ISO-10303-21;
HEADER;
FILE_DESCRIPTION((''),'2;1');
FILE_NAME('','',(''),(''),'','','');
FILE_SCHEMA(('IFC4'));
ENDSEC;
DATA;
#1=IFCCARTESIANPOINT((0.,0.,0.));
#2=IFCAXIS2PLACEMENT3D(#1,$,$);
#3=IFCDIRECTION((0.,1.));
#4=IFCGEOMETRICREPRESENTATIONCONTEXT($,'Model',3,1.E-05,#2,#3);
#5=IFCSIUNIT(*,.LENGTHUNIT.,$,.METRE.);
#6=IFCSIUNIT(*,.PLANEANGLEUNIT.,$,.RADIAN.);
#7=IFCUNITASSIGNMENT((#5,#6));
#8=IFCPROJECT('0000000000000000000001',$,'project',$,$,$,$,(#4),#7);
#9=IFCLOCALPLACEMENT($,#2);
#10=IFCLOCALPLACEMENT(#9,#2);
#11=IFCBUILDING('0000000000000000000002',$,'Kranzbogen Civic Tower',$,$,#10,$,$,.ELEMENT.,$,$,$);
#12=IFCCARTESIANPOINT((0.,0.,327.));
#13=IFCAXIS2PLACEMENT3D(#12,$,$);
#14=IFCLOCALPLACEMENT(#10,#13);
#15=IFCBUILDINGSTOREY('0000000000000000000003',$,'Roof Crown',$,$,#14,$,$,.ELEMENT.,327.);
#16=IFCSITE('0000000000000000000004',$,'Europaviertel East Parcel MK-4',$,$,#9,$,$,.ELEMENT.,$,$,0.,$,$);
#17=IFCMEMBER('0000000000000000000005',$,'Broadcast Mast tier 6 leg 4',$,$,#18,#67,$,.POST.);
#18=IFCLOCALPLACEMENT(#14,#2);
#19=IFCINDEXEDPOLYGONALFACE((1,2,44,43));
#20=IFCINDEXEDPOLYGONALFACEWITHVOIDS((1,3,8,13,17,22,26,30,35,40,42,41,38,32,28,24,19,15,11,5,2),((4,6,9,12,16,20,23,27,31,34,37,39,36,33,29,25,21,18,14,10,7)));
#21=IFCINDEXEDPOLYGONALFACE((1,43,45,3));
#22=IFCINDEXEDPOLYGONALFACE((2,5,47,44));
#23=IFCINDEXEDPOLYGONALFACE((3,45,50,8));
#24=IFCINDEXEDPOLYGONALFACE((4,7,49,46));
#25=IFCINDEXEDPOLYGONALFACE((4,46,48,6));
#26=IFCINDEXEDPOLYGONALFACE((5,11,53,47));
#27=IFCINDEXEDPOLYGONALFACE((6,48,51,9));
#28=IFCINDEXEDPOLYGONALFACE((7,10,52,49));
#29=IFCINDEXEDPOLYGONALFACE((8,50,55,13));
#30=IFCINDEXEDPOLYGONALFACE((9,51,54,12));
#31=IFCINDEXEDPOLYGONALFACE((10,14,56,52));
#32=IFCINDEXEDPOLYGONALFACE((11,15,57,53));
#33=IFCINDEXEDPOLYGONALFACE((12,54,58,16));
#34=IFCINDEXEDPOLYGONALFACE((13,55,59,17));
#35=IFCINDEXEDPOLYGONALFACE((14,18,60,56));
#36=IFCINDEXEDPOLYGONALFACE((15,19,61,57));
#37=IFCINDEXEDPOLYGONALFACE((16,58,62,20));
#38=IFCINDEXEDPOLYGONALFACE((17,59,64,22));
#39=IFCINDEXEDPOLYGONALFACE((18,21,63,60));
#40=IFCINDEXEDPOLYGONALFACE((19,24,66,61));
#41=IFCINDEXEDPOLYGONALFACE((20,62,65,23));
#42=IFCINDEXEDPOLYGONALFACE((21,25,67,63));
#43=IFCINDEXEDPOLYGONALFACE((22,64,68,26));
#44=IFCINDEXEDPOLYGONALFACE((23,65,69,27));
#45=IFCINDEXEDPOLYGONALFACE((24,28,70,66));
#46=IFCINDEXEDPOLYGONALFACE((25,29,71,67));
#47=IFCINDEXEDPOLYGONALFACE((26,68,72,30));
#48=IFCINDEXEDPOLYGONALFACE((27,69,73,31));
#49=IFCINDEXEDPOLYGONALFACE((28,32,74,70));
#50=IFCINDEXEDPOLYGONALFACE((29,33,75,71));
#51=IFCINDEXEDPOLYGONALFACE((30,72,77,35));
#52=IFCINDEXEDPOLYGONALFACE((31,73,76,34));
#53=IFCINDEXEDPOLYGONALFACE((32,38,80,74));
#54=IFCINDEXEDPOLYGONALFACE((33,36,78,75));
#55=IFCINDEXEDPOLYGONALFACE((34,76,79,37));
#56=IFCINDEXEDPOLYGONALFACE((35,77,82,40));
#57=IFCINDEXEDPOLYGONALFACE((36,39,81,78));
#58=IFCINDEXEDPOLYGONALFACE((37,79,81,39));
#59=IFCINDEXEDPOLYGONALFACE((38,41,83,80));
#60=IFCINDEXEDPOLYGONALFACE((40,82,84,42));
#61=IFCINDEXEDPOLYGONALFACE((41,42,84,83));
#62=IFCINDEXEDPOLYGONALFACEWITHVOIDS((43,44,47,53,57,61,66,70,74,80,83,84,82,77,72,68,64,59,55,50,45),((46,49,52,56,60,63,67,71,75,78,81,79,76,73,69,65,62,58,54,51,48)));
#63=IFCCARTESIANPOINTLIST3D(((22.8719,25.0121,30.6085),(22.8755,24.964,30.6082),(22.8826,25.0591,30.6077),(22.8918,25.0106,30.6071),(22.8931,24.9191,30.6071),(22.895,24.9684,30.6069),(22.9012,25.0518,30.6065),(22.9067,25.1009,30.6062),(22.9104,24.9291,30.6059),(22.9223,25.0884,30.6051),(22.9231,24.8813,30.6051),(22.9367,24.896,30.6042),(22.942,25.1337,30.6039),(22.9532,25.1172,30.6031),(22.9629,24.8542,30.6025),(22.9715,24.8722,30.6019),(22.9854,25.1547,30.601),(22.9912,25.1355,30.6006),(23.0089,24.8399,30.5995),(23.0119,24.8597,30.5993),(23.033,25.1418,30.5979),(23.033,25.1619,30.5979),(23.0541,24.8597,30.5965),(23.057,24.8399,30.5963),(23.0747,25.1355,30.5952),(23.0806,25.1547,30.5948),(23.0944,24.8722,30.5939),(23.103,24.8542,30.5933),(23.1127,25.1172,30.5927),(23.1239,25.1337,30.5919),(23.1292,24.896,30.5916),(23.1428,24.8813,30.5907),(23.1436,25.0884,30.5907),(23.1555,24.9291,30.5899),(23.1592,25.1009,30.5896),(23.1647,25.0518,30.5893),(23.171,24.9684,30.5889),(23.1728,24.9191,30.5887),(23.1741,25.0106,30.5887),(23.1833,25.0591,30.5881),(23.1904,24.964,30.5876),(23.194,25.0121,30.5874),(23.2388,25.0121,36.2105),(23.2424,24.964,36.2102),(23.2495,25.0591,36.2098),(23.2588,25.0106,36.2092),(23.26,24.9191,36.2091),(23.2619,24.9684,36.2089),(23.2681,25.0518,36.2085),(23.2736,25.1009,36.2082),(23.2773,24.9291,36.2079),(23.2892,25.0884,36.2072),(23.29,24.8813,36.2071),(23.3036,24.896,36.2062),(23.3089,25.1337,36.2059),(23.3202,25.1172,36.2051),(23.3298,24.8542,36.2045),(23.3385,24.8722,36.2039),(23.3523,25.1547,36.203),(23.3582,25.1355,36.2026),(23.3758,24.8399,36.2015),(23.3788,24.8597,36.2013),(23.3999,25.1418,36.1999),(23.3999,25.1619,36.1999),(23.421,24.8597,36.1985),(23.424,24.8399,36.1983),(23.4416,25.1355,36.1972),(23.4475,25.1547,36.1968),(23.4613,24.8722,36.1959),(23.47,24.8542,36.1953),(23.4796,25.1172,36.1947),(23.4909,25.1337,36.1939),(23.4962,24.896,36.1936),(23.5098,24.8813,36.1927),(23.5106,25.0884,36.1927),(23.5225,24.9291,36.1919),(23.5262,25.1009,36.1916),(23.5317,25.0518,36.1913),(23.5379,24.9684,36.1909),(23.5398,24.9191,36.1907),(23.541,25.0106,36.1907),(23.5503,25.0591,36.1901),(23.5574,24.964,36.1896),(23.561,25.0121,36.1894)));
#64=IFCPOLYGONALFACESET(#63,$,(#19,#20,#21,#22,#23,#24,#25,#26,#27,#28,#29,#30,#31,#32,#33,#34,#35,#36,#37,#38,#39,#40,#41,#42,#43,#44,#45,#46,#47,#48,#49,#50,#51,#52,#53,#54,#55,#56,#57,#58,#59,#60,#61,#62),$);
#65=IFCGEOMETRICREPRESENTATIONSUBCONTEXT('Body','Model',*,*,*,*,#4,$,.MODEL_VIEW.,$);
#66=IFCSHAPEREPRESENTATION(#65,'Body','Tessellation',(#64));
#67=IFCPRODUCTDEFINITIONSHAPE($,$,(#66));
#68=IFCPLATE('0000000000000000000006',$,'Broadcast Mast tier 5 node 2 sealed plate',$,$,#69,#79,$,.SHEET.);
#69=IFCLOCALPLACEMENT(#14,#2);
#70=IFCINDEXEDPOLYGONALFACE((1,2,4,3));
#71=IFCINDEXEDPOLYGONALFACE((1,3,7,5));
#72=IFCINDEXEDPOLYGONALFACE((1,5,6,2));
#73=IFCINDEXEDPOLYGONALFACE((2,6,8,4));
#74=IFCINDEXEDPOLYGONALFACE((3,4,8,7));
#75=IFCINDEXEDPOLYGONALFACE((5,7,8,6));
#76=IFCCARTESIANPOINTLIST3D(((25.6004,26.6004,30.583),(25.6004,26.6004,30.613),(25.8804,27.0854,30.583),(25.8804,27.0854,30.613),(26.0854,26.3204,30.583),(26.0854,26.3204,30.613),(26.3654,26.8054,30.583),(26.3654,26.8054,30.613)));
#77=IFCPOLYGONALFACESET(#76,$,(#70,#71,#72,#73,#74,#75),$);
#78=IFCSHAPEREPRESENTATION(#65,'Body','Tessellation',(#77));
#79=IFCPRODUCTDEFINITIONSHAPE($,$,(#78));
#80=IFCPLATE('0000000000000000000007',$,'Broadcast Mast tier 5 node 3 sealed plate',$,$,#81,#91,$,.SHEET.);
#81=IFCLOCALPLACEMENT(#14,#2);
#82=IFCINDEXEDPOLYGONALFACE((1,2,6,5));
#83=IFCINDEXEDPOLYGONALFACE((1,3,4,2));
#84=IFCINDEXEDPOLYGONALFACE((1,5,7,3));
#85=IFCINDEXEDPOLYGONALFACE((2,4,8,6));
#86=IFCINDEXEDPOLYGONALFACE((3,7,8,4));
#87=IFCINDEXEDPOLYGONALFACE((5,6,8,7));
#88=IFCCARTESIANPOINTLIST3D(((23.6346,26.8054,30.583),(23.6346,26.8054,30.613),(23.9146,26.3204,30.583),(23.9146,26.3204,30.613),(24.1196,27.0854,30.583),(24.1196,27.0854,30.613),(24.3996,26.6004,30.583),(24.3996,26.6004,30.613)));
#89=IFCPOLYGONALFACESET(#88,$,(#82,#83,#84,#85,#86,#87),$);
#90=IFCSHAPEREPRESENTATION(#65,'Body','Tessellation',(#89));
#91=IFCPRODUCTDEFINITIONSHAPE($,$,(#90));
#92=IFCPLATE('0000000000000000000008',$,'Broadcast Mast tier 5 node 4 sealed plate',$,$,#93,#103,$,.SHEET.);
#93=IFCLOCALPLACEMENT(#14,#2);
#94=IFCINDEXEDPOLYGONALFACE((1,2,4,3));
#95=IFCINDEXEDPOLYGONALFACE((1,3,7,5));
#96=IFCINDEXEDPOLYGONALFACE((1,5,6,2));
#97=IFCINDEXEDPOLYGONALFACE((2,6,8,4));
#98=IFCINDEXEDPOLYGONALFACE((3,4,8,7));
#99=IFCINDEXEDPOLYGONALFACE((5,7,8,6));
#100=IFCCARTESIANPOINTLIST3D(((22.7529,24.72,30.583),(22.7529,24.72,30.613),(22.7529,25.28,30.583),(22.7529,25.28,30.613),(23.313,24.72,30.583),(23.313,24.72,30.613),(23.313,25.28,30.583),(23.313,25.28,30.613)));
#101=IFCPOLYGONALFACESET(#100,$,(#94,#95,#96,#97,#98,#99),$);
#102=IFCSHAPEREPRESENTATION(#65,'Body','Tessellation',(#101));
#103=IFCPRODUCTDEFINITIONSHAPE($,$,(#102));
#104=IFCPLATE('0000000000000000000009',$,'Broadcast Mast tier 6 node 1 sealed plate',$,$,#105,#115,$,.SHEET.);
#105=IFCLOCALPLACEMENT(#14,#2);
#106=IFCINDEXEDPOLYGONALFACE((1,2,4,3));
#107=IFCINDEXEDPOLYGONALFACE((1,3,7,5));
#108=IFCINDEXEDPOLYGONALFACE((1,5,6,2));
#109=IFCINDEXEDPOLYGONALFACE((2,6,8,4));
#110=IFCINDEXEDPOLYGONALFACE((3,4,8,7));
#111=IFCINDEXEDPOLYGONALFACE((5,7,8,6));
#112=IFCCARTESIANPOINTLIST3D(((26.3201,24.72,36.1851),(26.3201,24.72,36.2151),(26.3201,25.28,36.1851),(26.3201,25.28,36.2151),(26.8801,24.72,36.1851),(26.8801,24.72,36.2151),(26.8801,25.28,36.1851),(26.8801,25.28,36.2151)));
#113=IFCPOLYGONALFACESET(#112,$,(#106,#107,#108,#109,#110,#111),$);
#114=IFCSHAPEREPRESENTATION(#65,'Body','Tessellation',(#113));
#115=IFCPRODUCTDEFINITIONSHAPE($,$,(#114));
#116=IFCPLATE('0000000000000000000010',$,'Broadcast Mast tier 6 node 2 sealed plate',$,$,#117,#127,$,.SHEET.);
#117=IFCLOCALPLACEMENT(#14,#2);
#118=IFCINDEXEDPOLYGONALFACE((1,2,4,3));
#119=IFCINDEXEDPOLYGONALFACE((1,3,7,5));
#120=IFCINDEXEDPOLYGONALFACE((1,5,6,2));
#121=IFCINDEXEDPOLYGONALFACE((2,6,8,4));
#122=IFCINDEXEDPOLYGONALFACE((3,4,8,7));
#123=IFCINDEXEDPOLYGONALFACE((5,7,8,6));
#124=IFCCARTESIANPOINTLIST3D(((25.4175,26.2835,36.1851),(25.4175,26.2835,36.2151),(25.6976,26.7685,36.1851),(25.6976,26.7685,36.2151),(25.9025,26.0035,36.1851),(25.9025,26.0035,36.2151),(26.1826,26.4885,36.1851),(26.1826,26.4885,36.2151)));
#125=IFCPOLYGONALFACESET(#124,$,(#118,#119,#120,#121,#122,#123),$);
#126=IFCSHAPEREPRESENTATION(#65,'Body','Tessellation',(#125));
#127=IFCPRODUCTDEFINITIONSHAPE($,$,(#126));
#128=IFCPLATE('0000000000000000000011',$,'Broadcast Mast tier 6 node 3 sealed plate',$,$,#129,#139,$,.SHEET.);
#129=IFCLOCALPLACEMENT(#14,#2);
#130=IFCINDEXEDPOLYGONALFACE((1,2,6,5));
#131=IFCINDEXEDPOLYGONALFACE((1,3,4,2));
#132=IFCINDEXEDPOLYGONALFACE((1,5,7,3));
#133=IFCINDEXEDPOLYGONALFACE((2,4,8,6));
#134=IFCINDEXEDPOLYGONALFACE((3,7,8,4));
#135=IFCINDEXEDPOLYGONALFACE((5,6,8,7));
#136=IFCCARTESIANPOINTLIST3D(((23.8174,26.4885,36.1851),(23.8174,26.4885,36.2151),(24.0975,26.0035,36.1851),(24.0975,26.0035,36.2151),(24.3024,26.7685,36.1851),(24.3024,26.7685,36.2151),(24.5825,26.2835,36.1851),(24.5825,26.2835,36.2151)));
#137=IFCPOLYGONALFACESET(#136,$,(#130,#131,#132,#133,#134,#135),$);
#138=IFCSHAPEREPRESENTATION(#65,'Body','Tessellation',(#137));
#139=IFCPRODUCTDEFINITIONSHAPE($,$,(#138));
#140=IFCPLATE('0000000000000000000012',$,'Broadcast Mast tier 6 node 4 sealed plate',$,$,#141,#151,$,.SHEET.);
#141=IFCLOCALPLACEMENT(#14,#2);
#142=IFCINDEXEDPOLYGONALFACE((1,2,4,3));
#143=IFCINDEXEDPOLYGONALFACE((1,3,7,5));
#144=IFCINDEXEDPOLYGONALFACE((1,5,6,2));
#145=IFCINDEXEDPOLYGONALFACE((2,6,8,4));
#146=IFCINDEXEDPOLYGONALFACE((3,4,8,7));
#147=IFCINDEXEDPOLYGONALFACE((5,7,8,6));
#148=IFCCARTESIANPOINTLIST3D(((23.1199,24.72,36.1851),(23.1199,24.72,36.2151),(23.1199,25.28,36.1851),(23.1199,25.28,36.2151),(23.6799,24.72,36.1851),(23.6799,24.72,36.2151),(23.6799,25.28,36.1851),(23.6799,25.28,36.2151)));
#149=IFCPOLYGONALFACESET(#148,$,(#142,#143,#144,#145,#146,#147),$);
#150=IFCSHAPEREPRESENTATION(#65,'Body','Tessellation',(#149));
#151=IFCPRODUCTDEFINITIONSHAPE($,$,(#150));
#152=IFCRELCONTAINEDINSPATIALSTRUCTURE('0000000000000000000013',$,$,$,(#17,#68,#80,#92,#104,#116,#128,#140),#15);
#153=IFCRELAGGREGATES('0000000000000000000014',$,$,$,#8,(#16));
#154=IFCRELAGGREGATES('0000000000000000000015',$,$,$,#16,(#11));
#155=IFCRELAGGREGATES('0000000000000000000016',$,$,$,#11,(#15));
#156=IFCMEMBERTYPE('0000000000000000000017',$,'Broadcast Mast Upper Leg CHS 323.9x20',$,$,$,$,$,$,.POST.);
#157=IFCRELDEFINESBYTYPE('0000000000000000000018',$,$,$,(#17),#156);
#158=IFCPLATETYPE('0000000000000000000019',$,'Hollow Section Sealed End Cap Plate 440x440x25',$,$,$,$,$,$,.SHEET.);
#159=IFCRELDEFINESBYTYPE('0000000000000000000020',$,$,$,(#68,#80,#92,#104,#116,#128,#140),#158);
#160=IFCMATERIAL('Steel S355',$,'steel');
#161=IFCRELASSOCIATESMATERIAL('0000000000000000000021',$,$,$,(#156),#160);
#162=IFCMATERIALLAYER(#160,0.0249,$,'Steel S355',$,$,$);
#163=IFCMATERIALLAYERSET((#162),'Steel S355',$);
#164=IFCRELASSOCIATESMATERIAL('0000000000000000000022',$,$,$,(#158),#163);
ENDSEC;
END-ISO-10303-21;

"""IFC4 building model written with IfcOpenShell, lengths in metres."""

from ifc_helpers import new_model, si_unit, direction, frame, origin, origin_2d, place, context, subcontext, project, spatial, rectangle, hollow_circle, extrude, material, layer, layer_set, material_profile, profile_set, type_object, element, save


model = new_model("IFC4")

# Units and contexts
model_context = context("Model", 3, precision=1e-05, world=origin(), true_north=direction((0.0, 1.0)))
body_context = subcontext(model_context, "Body", "Model", "MODEL_VIEW")
ifc_project = project(units=[si_unit("LENGTHUNIT", "METRE"), si_unit("PLANEANGLEUNIT", "RADIAN")], contexts=[model_context])

# Site, building, storey
site_placement = place(None, origin())
site = spatial("IfcSite", under=ifc_project, at=site_placement, Name="Europaviertel East Parcel MK-4", CompositionType="ELEMENT", RefElevation=0.0)
building_placement = place(site_placement, origin())
building = spatial("IfcBuilding", under=site, at=building_placement, Name="Kranzbogen Civic Tower", CompositionType="ELEMENT")
storey_placement = place(building_placement, frame((0.0, 0.0, 327.0)))
storey = spatial("IfcBuildingStorey", under=building, at=storey_placement, Name="Roof Crown", CompositionType="ELEMENT", Elevation=327.0)

# Member
ifc_material = material(Name="Steel S355", Category="steel")
ifc_material_profile_1 = material_profile(ifc_material, hollow_circle(Radius=0.1619, WallThickness=0.02, at=origin_2d()), Name="CHS 323.9x20")
ifc_profile_set_1 = profile_set([ifc_material_profile_1], Name="Steel S355")
member_type_1 = type_object("IfcMemberType", Name="Broadcast Mast Upper Leg CHS 323.9x20", PredefinedType="POST", material=ifc_profile_set_1)
for number, where, z_axis, x_axis, name in (
    (1, (23.033, 25.0, 30.5979), (0.065362, 0.0, 0.997862), (0.0, 1.0, 0.0), "Broadcast Mast tier 6 leg 4"),
):
    element("IfcMember", number, at=place(storey_placement, frame(where, z_axis=z_axis, x_axis=x_axis)), inside=storey, type_object=member_type_1, Name=name, PredefinedType="POST", context=body_context, shape_type="SweptSolid", body=[
        extrude(hollow_circle(Radius=0.1619, WallThickness=0.02, at=origin_2d()), origin(), (0.0, 0.0, 1.0), 5.614),
    ])

# Plates
ifc_layer = layer(ifc_material, 0.0249, Name="Steel S355")
ifc_layer_set = layer_set([ifc_layer], Name="Steel S355")
plate_type = type_object("IfcPlateType", Name="Hollow Section Sealed End Cap Plate 440x440x25", PredefinedType="SHEET", material=ifc_layer_set)
for number, where, z_axis, x_axis, name in (
    (2, (25.9829, 26.7029, 30.583), (0.0, 0.0, 1.0), (0.5, 0.866025, 0.0), "Broadcast Mast tier 5 node 2 sealed plate"),
    (3, (24.0171, 26.7029, 30.583), (0.0, 0.0, 1.0), (-0.5, 0.866025, 0.0), "Broadcast Mast tier 5 node 3 sealed plate"),
    (4, (23.033, 25.0, 30.583), (0.0, 0.0, 1.0), (-1.0, 0.0, 0.0), "Broadcast Mast tier 5 node 4 sealed plate"),
    (5, (26.6001, 25.0, 36.1851), (0.0, 0.0, 1.0), (1.0, 0.0, 0.0), "Broadcast Mast tier 6 node 1 sealed plate"),
    (6, (25.8, 26.386, 36.1851), (0.0, 0.0, 1.0), (0.5, 0.866025, 0.0), "Broadcast Mast tier 6 node 2 sealed plate"),
    (7, (24.2, 26.386, 36.1851), (0.0, 0.0, 1.0), (-0.5, 0.866025, 0.0), "Broadcast Mast tier 6 node 3 sealed plate"),
    (8, (23.3999, 25.0, 36.1851), (0.0, 0.0, 1.0), (-1.0, 0.0, 0.0), "Broadcast Mast tier 6 node 4 sealed plate"),
):
    element("IfcPlate", number, at=place(storey_placement, frame(where, z_axis=z_axis, x_axis=x_axis)), inside=storey, type_object=plate_type, Name=name, PredefinedType="SHEET", context=body_context, shape_type="SweptSolid", body=[
        extrude(rectangle(XDim=0.5601, YDim=0.5601, at=origin_2d()), origin(), (0.0, 0.0, 1.0), 0.03),
    ])

save(model, "model.ifc")
